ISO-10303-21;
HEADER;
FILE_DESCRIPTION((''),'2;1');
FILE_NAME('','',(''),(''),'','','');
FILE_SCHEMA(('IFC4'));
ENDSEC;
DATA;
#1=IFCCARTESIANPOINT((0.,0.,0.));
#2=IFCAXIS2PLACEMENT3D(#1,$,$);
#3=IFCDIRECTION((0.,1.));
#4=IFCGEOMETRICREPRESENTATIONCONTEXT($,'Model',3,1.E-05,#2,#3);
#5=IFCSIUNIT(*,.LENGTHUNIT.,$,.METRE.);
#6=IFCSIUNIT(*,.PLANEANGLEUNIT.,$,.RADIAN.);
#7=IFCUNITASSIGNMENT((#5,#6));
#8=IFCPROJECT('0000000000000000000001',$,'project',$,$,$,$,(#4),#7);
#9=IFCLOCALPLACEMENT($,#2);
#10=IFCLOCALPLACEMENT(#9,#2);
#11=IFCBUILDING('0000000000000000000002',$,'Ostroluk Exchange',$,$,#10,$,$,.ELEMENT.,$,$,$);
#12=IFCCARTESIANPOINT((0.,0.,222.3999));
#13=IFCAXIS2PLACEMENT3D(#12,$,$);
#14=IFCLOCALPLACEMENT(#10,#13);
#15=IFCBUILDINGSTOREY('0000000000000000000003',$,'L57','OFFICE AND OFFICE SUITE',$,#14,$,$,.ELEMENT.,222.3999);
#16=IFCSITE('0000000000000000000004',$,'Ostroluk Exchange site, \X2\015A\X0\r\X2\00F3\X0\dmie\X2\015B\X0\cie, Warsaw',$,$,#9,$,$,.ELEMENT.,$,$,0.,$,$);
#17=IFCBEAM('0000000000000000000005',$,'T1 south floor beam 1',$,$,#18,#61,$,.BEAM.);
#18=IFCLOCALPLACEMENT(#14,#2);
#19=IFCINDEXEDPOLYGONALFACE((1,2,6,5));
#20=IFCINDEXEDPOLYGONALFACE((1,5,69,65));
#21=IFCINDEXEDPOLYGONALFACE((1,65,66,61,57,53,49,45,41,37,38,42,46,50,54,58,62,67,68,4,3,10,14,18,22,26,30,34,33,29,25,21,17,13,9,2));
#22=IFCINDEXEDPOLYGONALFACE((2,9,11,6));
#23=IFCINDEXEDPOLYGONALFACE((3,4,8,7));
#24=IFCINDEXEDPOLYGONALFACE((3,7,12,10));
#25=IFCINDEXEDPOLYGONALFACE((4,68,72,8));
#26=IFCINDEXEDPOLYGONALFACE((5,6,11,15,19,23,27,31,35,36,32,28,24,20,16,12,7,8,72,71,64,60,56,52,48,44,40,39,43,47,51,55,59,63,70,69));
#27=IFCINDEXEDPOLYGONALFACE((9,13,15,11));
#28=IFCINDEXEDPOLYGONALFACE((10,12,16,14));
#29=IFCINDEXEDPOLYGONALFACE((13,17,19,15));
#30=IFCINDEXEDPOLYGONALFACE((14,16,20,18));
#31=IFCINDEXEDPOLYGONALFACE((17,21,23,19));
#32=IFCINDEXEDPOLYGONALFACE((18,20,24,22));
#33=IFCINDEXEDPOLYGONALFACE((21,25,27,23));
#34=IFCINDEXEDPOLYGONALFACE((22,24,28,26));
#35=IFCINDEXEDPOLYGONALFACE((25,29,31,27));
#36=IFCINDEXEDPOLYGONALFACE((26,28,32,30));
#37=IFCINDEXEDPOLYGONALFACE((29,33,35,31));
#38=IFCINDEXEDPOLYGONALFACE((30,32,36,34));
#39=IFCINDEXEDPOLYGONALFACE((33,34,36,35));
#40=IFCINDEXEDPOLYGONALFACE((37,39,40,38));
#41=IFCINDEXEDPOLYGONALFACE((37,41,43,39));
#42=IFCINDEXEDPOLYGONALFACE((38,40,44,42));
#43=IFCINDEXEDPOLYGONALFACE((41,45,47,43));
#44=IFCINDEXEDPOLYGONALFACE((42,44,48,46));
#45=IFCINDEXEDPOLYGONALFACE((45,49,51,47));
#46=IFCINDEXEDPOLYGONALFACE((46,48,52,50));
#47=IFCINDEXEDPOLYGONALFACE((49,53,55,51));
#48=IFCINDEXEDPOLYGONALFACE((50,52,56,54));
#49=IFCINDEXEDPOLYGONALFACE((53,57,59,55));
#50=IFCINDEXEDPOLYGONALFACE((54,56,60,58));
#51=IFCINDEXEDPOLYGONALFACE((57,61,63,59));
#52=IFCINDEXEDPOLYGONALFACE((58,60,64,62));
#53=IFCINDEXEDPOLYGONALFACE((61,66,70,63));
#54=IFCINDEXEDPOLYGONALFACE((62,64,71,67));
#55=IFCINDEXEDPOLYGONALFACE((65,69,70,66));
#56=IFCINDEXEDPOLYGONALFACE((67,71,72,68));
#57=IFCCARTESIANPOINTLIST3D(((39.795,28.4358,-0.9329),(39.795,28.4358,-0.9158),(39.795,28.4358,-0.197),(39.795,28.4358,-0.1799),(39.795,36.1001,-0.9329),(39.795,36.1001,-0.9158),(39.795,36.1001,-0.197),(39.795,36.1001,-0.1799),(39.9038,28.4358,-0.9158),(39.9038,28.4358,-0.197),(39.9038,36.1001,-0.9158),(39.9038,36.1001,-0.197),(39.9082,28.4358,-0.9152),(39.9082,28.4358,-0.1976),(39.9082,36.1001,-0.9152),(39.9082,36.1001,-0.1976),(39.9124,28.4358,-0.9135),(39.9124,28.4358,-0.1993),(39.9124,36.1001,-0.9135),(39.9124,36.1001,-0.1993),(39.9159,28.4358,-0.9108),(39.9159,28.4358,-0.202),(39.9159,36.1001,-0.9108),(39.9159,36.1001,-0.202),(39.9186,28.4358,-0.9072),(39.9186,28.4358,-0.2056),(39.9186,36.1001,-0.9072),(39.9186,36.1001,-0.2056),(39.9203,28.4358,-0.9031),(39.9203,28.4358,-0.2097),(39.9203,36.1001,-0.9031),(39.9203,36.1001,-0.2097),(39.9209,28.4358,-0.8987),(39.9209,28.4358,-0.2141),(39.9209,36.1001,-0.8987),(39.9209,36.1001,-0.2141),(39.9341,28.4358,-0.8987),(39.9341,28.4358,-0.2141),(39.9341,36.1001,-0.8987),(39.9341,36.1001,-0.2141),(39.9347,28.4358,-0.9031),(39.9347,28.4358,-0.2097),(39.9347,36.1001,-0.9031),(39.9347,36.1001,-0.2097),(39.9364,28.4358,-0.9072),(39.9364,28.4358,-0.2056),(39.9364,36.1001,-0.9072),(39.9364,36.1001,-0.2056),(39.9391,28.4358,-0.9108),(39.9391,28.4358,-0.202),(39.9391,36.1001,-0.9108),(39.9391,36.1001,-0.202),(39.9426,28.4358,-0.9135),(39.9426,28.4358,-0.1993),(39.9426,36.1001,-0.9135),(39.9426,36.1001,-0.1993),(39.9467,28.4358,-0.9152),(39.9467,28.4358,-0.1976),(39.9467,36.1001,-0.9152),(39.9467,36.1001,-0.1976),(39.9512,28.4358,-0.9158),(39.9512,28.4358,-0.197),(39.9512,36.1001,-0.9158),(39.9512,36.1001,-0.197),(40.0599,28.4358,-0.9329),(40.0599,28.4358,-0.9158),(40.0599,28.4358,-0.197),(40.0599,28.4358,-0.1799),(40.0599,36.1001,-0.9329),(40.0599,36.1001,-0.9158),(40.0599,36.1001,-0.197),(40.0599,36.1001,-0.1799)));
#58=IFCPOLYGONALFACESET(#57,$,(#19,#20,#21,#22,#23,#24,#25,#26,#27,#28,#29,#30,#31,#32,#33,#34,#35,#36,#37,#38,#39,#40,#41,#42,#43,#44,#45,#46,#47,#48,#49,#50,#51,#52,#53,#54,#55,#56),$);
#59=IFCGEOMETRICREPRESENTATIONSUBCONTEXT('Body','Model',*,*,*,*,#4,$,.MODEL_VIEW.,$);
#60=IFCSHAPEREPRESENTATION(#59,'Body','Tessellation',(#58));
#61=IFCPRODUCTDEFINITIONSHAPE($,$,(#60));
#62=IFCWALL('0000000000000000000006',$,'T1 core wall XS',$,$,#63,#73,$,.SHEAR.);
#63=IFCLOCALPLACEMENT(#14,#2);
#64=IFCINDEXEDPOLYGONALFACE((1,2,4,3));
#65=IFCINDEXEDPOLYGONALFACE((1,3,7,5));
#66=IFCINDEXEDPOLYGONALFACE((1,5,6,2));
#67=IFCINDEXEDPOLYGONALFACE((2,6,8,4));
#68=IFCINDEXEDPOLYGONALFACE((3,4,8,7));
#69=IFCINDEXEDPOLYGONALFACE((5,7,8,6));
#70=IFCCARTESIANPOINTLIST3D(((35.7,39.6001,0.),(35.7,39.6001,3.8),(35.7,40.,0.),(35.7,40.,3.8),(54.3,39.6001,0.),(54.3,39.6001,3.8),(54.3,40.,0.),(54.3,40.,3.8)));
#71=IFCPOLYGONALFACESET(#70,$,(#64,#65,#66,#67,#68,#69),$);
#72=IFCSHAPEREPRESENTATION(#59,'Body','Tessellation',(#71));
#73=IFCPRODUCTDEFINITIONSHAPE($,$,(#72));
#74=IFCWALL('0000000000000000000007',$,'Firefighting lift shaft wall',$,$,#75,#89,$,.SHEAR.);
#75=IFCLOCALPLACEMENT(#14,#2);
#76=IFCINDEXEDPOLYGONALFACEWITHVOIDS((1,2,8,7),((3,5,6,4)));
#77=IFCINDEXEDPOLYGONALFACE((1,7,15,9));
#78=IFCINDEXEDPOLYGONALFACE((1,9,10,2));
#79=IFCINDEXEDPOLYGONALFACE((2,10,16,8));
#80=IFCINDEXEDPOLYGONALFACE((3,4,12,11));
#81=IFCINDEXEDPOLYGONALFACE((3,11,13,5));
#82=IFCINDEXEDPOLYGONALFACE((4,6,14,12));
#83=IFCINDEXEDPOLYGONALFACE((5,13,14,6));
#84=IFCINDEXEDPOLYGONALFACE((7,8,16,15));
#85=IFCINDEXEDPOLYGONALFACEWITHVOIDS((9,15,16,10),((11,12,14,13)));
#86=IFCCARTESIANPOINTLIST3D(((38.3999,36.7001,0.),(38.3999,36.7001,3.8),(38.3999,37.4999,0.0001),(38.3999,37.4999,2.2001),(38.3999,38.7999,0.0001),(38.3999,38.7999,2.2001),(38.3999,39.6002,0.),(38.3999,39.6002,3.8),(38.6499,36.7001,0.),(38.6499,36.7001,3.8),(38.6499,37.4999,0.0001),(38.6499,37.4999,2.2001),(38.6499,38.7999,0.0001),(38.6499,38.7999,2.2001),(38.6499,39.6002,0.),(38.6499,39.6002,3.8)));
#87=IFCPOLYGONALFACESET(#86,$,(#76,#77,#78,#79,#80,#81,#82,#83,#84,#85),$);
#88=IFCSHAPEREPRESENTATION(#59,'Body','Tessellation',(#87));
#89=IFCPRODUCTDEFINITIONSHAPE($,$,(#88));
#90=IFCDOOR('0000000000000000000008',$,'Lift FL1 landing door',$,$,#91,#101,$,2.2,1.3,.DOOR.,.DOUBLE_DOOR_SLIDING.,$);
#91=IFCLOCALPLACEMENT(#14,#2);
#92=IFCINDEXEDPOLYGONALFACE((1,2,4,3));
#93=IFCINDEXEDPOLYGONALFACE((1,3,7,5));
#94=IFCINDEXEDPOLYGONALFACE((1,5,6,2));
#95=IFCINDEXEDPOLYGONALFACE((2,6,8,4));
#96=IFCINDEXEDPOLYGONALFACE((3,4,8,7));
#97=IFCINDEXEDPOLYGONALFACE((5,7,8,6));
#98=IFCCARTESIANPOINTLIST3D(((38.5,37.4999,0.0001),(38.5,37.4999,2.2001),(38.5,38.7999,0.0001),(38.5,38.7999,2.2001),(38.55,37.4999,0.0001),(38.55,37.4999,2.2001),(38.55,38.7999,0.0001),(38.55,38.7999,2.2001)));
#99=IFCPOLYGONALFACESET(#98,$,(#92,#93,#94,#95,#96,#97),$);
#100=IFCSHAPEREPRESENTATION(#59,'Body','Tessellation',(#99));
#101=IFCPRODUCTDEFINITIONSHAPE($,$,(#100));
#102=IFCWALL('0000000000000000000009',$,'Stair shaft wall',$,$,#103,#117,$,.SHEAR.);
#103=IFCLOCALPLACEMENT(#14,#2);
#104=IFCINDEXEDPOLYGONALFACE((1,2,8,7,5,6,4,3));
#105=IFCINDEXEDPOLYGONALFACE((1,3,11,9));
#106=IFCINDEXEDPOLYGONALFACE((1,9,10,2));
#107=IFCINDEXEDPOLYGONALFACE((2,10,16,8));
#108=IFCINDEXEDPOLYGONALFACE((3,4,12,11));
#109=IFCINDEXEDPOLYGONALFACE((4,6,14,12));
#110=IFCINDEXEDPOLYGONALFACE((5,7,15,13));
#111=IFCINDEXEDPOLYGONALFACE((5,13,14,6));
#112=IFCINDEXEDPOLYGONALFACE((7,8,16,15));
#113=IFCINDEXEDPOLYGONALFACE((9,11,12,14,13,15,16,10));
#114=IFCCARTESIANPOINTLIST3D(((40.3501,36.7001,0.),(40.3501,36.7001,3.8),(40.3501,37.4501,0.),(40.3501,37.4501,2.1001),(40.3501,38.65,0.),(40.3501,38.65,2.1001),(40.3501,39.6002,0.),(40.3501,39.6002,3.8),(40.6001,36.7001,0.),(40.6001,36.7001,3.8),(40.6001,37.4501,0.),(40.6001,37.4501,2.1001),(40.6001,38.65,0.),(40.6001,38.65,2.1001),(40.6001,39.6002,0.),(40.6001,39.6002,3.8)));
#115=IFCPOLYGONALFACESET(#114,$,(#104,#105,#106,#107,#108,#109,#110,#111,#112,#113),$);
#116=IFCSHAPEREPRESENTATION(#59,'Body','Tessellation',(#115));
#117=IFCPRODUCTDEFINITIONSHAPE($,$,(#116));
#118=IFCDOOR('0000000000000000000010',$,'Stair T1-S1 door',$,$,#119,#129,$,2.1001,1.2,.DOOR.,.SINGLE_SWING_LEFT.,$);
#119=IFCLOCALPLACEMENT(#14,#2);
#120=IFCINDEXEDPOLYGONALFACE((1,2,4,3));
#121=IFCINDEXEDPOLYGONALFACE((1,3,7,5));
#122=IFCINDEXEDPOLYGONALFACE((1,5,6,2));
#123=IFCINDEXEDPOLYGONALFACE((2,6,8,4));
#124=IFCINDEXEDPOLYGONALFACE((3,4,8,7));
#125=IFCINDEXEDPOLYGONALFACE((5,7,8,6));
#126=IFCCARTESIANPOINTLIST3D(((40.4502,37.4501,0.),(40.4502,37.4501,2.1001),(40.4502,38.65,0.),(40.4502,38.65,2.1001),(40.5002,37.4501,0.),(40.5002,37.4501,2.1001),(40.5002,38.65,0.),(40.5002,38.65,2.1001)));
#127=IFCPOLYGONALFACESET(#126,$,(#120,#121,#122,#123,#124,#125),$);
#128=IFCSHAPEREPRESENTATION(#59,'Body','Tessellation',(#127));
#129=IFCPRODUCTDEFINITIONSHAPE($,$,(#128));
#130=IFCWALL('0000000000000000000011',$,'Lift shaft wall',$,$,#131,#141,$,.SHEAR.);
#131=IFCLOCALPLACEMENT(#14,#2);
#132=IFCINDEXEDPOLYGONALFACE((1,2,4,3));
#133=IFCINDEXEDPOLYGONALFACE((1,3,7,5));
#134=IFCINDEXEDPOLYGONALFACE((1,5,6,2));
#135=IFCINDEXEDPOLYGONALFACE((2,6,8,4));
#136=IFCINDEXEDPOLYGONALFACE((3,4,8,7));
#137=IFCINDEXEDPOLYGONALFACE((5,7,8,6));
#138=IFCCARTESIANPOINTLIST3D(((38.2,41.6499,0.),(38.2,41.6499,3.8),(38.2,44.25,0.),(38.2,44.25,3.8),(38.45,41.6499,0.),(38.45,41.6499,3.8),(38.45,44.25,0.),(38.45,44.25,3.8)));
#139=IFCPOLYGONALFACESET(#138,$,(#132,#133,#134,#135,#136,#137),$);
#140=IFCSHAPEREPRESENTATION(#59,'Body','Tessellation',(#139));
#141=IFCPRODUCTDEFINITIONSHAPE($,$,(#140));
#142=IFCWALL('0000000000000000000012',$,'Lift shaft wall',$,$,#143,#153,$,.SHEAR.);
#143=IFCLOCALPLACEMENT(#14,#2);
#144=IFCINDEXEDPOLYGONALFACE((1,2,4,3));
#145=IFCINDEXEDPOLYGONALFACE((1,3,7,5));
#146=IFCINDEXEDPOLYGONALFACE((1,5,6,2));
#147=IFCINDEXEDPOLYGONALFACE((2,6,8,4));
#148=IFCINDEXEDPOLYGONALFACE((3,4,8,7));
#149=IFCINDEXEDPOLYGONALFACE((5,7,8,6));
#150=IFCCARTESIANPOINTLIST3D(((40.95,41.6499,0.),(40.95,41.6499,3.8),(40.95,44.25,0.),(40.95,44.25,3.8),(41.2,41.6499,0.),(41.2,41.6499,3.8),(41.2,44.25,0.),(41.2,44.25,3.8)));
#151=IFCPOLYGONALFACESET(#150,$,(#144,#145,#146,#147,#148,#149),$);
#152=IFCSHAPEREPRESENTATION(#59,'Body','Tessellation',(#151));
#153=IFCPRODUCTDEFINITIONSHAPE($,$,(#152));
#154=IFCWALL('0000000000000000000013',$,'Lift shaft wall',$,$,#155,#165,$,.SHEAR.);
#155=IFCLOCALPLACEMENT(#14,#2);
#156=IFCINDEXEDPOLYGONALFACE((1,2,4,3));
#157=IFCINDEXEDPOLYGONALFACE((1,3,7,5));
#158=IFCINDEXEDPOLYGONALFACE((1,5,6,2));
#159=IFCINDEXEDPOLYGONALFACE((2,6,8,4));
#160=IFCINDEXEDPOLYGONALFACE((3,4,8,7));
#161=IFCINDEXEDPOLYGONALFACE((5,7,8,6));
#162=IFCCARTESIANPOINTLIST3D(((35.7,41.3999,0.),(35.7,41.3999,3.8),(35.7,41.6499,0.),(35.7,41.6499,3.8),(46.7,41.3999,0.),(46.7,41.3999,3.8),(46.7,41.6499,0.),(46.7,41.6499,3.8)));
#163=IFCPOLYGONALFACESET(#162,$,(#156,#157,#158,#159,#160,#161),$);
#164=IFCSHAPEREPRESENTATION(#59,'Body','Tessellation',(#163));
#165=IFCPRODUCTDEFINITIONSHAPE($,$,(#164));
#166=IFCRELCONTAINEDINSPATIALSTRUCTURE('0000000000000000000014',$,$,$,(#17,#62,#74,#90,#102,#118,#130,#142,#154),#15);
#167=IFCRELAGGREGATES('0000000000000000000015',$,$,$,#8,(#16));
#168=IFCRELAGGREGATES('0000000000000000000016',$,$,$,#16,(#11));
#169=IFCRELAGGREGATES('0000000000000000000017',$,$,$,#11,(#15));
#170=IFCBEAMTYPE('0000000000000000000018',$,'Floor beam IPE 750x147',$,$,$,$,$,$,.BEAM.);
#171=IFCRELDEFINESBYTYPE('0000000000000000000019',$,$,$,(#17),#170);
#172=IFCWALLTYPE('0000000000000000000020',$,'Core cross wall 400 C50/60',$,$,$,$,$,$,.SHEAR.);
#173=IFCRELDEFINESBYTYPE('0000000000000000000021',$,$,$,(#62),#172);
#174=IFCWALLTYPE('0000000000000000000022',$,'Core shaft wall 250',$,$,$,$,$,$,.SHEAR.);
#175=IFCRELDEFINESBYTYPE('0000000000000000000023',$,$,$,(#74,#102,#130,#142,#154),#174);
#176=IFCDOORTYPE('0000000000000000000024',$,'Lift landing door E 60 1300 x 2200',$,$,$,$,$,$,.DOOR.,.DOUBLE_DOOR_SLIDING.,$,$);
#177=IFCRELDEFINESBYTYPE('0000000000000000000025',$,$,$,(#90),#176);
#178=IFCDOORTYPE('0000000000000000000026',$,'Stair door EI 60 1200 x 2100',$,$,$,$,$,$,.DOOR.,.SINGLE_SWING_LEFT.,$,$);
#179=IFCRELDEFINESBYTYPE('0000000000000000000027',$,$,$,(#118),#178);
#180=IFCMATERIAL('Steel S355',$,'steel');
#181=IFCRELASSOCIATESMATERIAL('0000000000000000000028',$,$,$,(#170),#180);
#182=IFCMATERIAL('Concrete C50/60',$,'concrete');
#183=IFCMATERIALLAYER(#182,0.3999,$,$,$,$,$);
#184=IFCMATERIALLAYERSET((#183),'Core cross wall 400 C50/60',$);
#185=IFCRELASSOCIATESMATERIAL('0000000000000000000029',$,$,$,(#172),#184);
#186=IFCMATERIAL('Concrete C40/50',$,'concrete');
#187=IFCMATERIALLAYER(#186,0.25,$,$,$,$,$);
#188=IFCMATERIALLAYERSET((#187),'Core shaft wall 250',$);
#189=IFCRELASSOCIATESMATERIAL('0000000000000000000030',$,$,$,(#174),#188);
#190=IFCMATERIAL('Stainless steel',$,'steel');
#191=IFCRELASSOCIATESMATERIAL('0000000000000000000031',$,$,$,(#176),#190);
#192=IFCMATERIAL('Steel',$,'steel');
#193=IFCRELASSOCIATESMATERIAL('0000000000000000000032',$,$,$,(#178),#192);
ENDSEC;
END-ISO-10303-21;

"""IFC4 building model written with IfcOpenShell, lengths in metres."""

from ifc_helpers import new_model, si_unit, direction, frame, frame_2d, origin, origin_2d, place, context, subcontext, project, spatial, rectangle, i_section, extrude, material, layer, layer_set, material_profile, profile_set, type_object, element, fill, save


model = new_model("IFC4")

# Units and contexts
model_context = context("Model", 3, precision=1e-05, world=origin(), true_north=direction((0.0, 1.0)))
body_context = subcontext(model_context, "Body", "Model", "MODEL_VIEW")
ifc_project = project(units=[si_unit("LENGTHUNIT", "METRE"), si_unit("PLANEANGLEUNIT", "RADIAN")], contexts=[model_context])

# Site, building, storey
site_placement = place(None, origin())
site = spatial("IfcSite", under=ifc_project, at=site_placement, Name="Ostroluk Exchange site, Śródmieście, Warsaw", CompositionType="ELEMENT", RefElevation=0.0)
building_placement = place(site_placement, origin())
building = spatial("IfcBuilding", under=site, at=building_placement, Name="Ostroluk Exchange", CompositionType="ELEMENT")
storey_placement = place(building_placement, frame((0.0, 0.0, 222.3999)))
storey = spatial("IfcBuildingStorey", under=building, at=storey_placement, Name="L57", Description="OFFICE AND OFFICE SUITE", CompositionType="ELEMENT", Elevation=222.3999)

# Beam
ifc_material_1 = material(Name="Steel S355", Category="steel")
ifc_material_profile = material_profile(ifc_material_1, i_section(OverallWidth=0.2649, OverallDepth=0.7529, WebThickness=0.0132, FlangeThickness=0.0171, FilletRadius=0.0171, at=origin_2d()), Name="IPE 750x147")
ifc_profile_set = profile_set([ifc_material_profile], Name="Steel S355")
beam_type = type_object("IfcBeamType", Name="Floor beam IPE 750x147", PredefinedType="BEAM", material=ifc_profile_set)
beam_placement = place(storey_placement, frame((39.9275, 36.1001, -0.5564), z_axis=(0.0, -1.0, 0.0), x_axis=(1.0, 0.0, 0.0)))
element("IfcBeam", 1, at=beam_placement, inside=storey, type_object=beam_type, Name="T1 south floor beam 1", PredefinedType="BEAM", context=body_context, shape_type="SweptSolid", body=[
    extrude(i_section(OverallWidth=0.2649, OverallDepth=0.7529, WebThickness=0.0132, FlangeThickness=0.0171, FilletRadius=0.0171, at=origin_2d()), origin(), (0.0, 0.0, 1.0), 7.6643),
])

# Wall
ifc_material_2 = material(Name="Concrete C50/60", Category="concrete")
ifc_layer_1 = layer(ifc_material_2, 0.3999)
ifc_layer_set_1 = layer_set([ifc_layer_1], Name="Core cross wall 400 C50/60")
wall_type_1 = type_object("IfcWallType", Name="Core cross wall 400 C50/60", PredefinedType="SHEAR", material=ifc_layer_set_1)
wall_1_placement = place(storey_placement, frame((35.7, 39.8, 0.0), z_axis=(0.0, 0.0, 1.0), x_axis=(1.0, 0.0, 0.0)))
element("IfcWall", 2, at=wall_1_placement, inside=storey, type_object=wall_type_1, Name="T1 core wall XS", PredefinedType="SHEAR", context=body_context, shape_type="SweptSolid", body=[
    extrude(rectangle(XDim=18.6001, YDim=0.3999, at=frame_2d((9.3, 0.0))), origin(), (0.0, 0.0, 1.0), 3.8),
])

# Walls, openings, doors
ifc_material_3 = material(Name="Concrete C40/50", Category="concrete")
ifc_layer_2 = layer(ifc_material_3, 0.25)
ifc_layer_set_2 = layer_set([ifc_layer_2], Name="Core shaft wall 250")
wall_type_2 = type_object("IfcWallType", Name="Core shaft wall 250", PredefinedType="SHEAR", material=ifc_layer_set_2)
wall_2_placement = place(storey_placement, frame((38.5249, 36.7, 0.0), z_axis=(0.0, 0.0, 1.0), x_axis=(0.0, 1.0, 0.0)))
wall_2 = element("IfcWall", 3, at=wall_2_placement, inside=storey, type_object=wall_type_2, Name="Firefighting lift shaft wall", PredefinedType="SHEAR", context=body_context, shape_type="SweptSolid", body=[
    extrude(rectangle(XDim=2.9001, YDim=0.25, at=frame_2d((1.4502, 0.0))), origin(), (0.0, 0.0, 1.0), 3.8),
])
opening_1_placement = place(wall_2_placement, frame((0.8, 0.0, 0.0)))
opening_1 = element("IfcOpeningElement", 4, at=opening_1_placement, cuts=wall_2, PredefinedType="OPENING", context=body_context, shape_type="SweptSolid", body=[
    extrude(rectangle(XDim=1.3, YDim=2.2, at=frame_2d((0.6499, 1.1001))), frame((0.0, 0.135, 0.0), z_axis=(0.0, -1.0, 0.0), x_axis=(1.0, 0.0, 0.0)), (0.0, 0.0, 1.0), 0.27),
])
ifc_material_4 = material(Name="Stainless steel", Category="steel")
door_type_1 = type_object("IfcDoorType", Name="Lift landing door E 60 1300 x 2200", OperationType="DOUBLE_DOOR_SLIDING", PredefinedType="DOOR", material=ifc_material_4)
door_1_placement = place(opening_1_placement, origin())
door_1 = element("IfcDoor", 5, at=door_1_placement, inside=storey, type_object=door_type_1, Name="Lift FL1 landing door", OperationType="DOUBLE_DOOR_SLIDING", OverallHeight=2.2, OverallWidth=1.3, PredefinedType="DOOR", context=body_context, shape_type="SweptSolid", body=[
    extrude(rectangle(XDim=1.3, YDim=2.2, at=frame_2d((0.6499, 1.1001))), frame((0.0, 0.0249, 0.0), z_axis=(0.0, -1.0, 0.0), x_axis=(1.0, 0.0, 0.0)), (0.0, 0.0, 1.0), 0.05),
])
fill(opening_1, door_1)
wall_3_placement = place(storey_placement, frame((40.4751, 36.7, 0.0), z_axis=(0.0, 0.0, 1.0), x_axis=(0.0, 1.0, 0.0)))
wall_3 = element("IfcWall", 6, at=wall_3_placement, inside=storey, type_object=wall_type_2, Name="Stair shaft wall", PredefinedType="SHEAR", context=body_context, shape_type="SweptSolid", body=[
    extrude(rectangle(XDim=2.9001, YDim=0.25, at=frame_2d((1.4502, 0.0))), origin(), (0.0, 0.0, 1.0), 3.8),
])
opening_2_placement = place(wall_3_placement, frame((0.75, 0.0, 0.0)))
opening_2 = element("IfcOpeningElement", 7, at=opening_2_placement, cuts=wall_3, PredefinedType="OPENING", context=body_context, shape_type="SweptSolid", body=[
    extrude(rectangle(XDim=1.2, YDim=2.1001, at=frame_2d((0.6001, 1.05))), frame((0.0, 0.135, 0.0), z_axis=(0.0, -1.0, 0.0), x_axis=(1.0, 0.0, 0.0)), (0.0, 0.0, 1.0), 0.27),
])
ifc_material_5 = material(Name="Steel", Category="steel")
door_type_2 = type_object("IfcDoorType", Name="Stair door EI 60 1200 x 2100", OperationType="SINGLE_SWING_LEFT", PredefinedType="DOOR", material=ifc_material_5)
door_2_placement = place(opening_2_placement, origin())
door_2 = element("IfcDoor", 8, at=door_2_placement, inside=storey, type_object=door_type_2, Name="Stair T1-S1 door", OperationType="SINGLE_SWING_LEFT", OverallHeight=2.1001, OverallWidth=1.2, PredefinedType="DOOR", context=body_context, shape_type="SweptSolid", body=[
    extrude(rectangle(XDim=1.2, YDim=2.1001, at=frame_2d((0.6001, 1.05))), frame((0.0, 0.0249, 0.0), z_axis=(0.0, -1.0, 0.0), x_axis=(1.0, 0.0, 0.0)), (0.0, 0.0, 1.0), 0.05),
])
fill(opening_2, door_2)

# Walls
for number, where, z_axis, x_axis, name in (
    (9, (38.325, 44.25, 0.0), (0.0, 0.0, 1.0), (0.0, -1.0, 0.0), "Lift shaft wall"),
    (10, (41.075, 44.25, 0.0), (0.0, 0.0, 1.0), (0.0, -1.0, 0.0), "Lift shaft wall"),
):
    element("IfcWall", number, at=place(storey_placement, frame(where, z_axis=z_axis, x_axis=x_axis)), inside=storey, type_object=wall_type_2, Name=name, PredefinedType="SHEAR", context=body_context, shape_type="SweptSolid", body=[
        extrude(rectangle(XDim=2.6001, YDim=0.25, at=frame_2d((1.3, 0.0))), origin(), (0.0, 0.0, 1.0), 3.8),
    ])
wall_4_placement = place(storey_placement, frame((35.7, 41.5249, 0.0), z_axis=(0.0, 0.0, 1.0), x_axis=(1.0, 0.0, 0.0)))
element("IfcWall", 11, at=wall_4_placement, inside=storey, type_object=wall_type_2, Name="Lift shaft wall", PredefinedType="SHEAR", context=body_context, shape_type="SweptSolid", body=[
    extrude(rectangle(XDim=11.0, YDim=0.25, at=frame_2d((5.5, 0.0))), origin(), (0.0, 0.0, 1.0), 3.8),
])

save(model, "model.ifc")
